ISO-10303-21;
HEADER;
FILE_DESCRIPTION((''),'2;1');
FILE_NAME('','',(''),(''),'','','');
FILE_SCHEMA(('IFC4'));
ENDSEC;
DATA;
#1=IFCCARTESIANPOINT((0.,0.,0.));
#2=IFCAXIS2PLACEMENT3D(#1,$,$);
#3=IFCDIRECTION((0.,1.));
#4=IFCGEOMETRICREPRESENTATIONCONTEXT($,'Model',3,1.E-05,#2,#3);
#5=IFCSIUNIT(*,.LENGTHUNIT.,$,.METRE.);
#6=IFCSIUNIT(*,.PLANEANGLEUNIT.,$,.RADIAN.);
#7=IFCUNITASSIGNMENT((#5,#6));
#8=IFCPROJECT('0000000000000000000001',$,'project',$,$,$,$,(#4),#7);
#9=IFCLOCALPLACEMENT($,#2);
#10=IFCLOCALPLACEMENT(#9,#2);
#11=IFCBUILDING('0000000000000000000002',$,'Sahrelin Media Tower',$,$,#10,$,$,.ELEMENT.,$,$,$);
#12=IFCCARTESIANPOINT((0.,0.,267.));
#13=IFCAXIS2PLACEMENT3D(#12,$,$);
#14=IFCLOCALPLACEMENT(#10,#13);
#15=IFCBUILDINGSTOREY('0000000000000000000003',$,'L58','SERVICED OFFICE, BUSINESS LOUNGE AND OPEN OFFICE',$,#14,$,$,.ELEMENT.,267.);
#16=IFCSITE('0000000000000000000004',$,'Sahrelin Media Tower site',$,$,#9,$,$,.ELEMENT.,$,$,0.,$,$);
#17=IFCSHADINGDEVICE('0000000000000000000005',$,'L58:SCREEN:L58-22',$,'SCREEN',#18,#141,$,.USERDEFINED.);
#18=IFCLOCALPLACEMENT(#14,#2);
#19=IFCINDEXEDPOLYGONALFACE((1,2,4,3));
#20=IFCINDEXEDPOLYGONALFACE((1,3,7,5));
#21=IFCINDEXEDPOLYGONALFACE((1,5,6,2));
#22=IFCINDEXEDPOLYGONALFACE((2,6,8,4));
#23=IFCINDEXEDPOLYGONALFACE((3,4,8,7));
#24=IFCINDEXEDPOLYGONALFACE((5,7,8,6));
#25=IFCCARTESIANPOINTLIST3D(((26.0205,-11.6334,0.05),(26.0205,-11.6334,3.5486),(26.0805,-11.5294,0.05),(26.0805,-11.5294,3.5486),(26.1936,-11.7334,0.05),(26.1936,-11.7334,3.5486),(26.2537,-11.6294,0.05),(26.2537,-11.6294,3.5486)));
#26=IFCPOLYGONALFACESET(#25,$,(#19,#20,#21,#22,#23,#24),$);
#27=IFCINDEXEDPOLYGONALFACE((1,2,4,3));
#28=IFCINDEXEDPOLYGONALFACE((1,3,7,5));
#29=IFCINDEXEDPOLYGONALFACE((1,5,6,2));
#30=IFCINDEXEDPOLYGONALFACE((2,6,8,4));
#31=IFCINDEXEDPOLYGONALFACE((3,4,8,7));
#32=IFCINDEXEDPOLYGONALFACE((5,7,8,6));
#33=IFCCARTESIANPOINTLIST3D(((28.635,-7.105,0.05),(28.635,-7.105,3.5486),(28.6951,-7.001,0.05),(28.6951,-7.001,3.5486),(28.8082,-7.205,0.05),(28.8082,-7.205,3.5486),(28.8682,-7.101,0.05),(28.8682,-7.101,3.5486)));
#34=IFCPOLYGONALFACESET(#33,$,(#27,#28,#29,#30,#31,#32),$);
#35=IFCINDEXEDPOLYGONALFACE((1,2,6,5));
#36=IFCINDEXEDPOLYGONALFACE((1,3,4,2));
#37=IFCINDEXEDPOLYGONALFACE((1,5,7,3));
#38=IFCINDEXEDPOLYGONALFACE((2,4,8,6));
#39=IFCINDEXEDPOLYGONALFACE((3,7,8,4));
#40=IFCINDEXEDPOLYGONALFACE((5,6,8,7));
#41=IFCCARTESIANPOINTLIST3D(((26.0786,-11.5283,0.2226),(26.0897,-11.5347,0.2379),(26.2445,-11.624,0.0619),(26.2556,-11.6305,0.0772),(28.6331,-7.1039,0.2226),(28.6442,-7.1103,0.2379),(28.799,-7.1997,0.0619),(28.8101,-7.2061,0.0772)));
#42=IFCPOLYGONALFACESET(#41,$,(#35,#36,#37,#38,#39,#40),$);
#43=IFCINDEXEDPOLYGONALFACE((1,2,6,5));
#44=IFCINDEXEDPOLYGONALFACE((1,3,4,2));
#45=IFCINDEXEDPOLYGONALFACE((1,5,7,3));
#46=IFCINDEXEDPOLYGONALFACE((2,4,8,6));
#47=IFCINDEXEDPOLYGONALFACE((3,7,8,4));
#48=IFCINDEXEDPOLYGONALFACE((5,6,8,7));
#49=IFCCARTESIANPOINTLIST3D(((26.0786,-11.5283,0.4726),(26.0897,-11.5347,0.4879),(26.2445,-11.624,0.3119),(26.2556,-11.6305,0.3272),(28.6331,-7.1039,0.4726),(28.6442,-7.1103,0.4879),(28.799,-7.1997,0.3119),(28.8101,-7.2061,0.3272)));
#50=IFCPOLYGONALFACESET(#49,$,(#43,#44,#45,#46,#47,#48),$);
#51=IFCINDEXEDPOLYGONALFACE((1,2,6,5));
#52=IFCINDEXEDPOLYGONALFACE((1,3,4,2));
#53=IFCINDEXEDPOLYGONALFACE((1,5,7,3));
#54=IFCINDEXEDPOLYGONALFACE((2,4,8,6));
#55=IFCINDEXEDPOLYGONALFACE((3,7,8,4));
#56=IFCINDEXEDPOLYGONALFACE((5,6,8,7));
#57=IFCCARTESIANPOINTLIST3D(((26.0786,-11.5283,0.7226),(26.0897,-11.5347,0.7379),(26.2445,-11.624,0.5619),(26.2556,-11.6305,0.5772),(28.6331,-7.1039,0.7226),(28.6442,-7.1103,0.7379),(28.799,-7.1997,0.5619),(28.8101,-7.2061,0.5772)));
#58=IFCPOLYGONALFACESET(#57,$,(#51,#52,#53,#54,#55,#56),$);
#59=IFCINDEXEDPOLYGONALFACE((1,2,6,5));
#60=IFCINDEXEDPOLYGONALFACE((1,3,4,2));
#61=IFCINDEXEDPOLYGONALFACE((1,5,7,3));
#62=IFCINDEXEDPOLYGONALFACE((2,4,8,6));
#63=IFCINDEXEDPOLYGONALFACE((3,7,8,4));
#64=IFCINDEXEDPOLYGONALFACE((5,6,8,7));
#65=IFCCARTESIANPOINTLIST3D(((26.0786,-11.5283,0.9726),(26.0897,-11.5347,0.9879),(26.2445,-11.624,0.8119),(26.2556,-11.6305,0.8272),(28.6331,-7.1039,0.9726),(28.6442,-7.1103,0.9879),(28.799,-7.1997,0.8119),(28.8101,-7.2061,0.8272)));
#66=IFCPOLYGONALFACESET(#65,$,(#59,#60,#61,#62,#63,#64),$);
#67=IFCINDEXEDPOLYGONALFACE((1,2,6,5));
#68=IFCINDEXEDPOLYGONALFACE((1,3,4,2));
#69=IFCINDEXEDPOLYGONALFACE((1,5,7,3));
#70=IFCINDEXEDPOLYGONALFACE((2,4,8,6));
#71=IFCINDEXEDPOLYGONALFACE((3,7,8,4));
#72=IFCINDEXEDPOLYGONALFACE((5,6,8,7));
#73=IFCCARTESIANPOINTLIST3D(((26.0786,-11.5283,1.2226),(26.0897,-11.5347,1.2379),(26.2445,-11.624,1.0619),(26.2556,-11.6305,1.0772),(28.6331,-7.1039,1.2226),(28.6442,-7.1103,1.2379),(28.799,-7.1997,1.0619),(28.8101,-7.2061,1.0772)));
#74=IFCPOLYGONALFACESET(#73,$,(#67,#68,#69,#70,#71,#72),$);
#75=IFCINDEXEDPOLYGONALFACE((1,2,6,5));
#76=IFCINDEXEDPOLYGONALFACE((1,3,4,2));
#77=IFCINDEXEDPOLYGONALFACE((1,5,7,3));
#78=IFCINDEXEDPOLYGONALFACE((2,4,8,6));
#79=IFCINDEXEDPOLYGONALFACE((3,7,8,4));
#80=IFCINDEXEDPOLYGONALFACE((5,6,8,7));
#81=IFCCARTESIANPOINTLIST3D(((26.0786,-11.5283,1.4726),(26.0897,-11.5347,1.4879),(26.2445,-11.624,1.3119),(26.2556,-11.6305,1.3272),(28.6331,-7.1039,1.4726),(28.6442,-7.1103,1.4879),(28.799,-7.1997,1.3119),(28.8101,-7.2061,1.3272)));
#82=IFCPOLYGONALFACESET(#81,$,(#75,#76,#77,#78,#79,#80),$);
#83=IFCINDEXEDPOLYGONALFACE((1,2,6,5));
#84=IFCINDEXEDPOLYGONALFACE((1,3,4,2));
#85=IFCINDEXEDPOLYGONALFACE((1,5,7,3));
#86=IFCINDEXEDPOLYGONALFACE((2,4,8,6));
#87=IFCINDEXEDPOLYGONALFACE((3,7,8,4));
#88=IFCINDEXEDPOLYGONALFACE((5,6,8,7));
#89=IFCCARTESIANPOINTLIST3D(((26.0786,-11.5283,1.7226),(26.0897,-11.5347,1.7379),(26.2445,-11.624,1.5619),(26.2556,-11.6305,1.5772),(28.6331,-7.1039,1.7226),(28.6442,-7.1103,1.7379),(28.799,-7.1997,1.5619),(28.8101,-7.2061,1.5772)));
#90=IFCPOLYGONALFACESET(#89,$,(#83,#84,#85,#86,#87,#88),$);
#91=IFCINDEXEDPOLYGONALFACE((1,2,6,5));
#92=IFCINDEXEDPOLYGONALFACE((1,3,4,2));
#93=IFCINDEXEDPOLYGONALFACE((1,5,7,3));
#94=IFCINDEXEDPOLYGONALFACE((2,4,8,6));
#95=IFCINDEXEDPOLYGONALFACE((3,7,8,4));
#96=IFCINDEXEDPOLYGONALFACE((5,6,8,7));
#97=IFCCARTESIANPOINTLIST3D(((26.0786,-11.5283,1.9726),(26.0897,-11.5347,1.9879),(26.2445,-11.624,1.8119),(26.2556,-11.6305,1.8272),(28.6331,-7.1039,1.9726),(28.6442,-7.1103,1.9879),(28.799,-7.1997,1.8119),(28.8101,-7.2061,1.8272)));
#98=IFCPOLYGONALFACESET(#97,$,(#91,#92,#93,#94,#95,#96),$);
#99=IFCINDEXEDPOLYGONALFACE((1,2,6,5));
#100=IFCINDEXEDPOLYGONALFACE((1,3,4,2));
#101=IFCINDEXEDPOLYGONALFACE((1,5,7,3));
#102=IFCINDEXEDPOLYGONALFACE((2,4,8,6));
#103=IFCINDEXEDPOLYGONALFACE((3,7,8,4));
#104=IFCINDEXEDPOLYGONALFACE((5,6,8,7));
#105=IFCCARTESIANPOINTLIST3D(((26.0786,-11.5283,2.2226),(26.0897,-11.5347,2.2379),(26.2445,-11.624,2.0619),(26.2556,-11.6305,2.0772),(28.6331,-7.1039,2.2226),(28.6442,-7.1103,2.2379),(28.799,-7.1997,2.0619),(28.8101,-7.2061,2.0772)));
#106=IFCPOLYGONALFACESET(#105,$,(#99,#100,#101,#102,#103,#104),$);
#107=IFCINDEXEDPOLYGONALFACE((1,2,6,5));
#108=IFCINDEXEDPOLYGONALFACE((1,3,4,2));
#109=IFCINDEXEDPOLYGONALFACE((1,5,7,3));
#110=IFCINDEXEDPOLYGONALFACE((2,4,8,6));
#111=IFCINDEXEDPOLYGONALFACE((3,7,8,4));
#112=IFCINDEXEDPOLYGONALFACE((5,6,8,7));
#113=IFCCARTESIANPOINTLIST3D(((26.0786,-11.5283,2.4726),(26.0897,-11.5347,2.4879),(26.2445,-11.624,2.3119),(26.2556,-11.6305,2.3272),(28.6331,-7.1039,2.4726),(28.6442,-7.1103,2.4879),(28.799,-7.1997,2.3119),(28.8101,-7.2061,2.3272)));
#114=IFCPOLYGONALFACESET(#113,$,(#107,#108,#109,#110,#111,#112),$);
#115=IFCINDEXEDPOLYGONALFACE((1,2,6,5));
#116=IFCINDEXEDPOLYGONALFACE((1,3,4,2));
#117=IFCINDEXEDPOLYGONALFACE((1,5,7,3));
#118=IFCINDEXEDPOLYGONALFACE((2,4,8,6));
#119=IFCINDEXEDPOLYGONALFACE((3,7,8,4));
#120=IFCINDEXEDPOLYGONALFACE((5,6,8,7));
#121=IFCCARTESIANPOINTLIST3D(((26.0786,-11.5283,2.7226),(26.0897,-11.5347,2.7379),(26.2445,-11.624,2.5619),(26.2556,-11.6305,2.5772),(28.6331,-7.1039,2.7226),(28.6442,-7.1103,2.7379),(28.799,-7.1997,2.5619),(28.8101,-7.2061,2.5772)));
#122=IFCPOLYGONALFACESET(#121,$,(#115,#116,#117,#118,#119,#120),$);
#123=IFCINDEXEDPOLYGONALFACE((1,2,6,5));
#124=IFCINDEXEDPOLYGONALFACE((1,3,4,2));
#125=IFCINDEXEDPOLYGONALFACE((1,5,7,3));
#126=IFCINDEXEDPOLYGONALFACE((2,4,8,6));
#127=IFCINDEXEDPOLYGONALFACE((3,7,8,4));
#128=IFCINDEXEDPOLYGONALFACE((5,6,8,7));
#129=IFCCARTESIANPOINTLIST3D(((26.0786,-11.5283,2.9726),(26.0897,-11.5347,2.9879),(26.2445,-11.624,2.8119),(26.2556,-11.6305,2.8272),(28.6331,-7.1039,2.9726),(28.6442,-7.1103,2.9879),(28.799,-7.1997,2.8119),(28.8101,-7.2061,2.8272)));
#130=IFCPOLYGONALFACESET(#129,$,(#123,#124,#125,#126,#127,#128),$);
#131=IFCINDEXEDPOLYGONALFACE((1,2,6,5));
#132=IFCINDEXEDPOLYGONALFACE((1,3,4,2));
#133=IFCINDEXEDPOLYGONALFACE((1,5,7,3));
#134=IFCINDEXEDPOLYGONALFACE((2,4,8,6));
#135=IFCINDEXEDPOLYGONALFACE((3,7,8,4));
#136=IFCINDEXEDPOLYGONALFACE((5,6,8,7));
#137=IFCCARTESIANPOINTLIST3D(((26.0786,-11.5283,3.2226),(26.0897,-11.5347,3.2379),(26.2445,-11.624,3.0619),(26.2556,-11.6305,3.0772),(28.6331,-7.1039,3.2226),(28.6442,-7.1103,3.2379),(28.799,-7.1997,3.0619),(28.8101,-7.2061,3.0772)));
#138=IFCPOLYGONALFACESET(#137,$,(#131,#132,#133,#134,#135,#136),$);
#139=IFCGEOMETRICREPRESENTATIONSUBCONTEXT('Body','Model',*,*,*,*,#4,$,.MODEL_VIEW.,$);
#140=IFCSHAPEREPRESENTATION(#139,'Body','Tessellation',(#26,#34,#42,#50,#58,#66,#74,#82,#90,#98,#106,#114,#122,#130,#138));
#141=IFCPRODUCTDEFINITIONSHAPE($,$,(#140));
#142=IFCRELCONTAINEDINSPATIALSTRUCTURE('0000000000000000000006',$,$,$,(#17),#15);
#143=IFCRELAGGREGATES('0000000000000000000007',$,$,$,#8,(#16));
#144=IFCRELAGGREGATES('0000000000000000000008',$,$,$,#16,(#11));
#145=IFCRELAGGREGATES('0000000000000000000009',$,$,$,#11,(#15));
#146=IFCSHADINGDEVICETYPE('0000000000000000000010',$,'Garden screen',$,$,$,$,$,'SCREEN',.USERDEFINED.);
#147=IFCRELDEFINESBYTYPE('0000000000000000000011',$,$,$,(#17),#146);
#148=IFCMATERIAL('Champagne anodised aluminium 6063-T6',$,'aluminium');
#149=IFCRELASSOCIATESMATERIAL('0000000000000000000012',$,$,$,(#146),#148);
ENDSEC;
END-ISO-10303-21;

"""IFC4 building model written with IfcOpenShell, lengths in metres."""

from ifc_helpers import new_model, si_unit, direction, frame, origin, origin_2d, place, context, subcontext, project, spatial, rectangle, extrude, material, type_object, element, save


model = new_model("IFC4")

# Units and contexts
model_context = context("Model", 3, precision=1e-05, world=origin(), true_north=direction((0.0, 1.0)))
body_context = subcontext(model_context, "Body", "Model", "MODEL_VIEW")
ifc_project = project(units=[si_unit("LENGTHUNIT", "METRE"), si_unit("PLANEANGLEUNIT", "RADIAN")], contexts=[model_context])

# Site, building, storey
site_placement = place(None, origin())
site = spatial("IfcSite", under=ifc_project, at=site_placement, Name="Sahrelin Media Tower site", CompositionType="ELEMENT", RefElevation=0.0)
building_placement = place(site_placement, origin())
building = spatial("IfcBuilding", under=site, at=building_placement, Name="Sahrelin Media Tower", CompositionType="ELEMENT")
storey_placement = place(building_placement, frame((0.0, 0.0, 267.0)))
storey = spatial("IfcBuildingStorey", under=building, at=storey_placement, Name="L58", Description="SERVICED OFFICE, BUSINESS LOUNGE AND OPEN OFFICE", CompositionType="ELEMENT", Elevation=267.0)

# Shared definitions
ifc_material_1 = material(Name="Champagne anodised aluminium 6063-T6", Category="aluminium")

# Shading device
shading_device_type_1 = type_object("IfcShadingDeviceType", Name="Garden screen", ElementType="SCREEN", PredefinedType="USERDEFINED", material=ifc_material_1)
shading_device_1_placement = place(storey_placement, frame((27.3577, -9.3171, 0.0), z_axis=(0.0, 0.0, 1.0), x_axis=(-0.500011, -0.866019, 0.0)))
element("IfcShadingDevice", 1, at=shading_device_1_placement, inside=storey, type_object=shading_device_type_1, Name="L58:SCREEN:L58-22", ObjectType="SCREEN", PredefinedType="USERDEFINED", context=body_context, shape_type="SweptSolid", body=[
    extrude(rectangle(XDim=0.1201, YDim=0.2, at=origin_2d()), frame((2.6145, 0.1001, 0.05), z_axis=(0.0, 0.0, 1.0), x_axis=(1.0, 0.0, 0.0)), (0.0, 0.0, 1.0), 3.4985),
    extrude(rectangle(XDim=0.1201, YDim=0.2, at=origin_2d()), frame((-2.6145, 0.1001, 0.05), z_axis=(0.0, 0.0, 1.0), x_axis=(1.0, 0.0, 0.0)), (0.0, 0.0, 1.0), 3.4985),
    extrude(rectangle(XDim=0.25, YDim=0.02, at=origin_2d()), frame((2.5544, 0.1001, 0.1499), z_axis=(-1.0, 0.0, 0.0), x_axis=(0.0, -0.766044, 0.642788)), (0.0, 0.0, 1.0), 5.1089),
    extrude(rectangle(XDim=0.25, YDim=0.02, at=origin_2d()), frame((2.5544, 0.1001, 0.3999), z_axis=(-1.0, 0.0, 0.0), x_axis=(0.0, -0.766044, 0.642788)), (0.0, 0.0, 1.0), 5.1089),
    extrude(rectangle(XDim=0.25, YDim=0.02, at=origin_2d()), frame((2.5544, 0.1001, 0.6499), z_axis=(-1.0, 0.0, 0.0), x_axis=(0.0, -0.766044, 0.642788)), (0.0, 0.0, 1.0), 5.1089),
    extrude(rectangle(XDim=0.25, YDim=0.02, at=origin_2d()), frame((2.5544, 0.1001, 0.8999), z_axis=(-1.0, 0.0, 0.0), x_axis=(0.0, -0.766044, 0.642788)), (0.0, 0.0, 1.0), 5.1089),
    extrude(rectangle(XDim=0.25, YDim=0.02, at=origin_2d()), frame((2.5544, 0.1001, 1.1499), z_axis=(-1.0, 0.0, 0.0), x_axis=(0.0, -0.766044, 0.642788)), (0.0, 0.0, 1.0), 5.1089),
    extrude(rectangle(XDim=0.25, YDim=0.02, at=origin_2d()), frame((2.5544, 0.1001, 1.3999), z_axis=(-1.0, 0.0, 0.0), x_axis=(0.0, -0.766044, 0.642788)), (0.0, 0.0, 1.0), 5.1089),
    extrude(rectangle(XDim=0.25, YDim=0.02, at=origin_2d()), frame((2.5544, 0.1001, 1.6499), z_axis=(-1.0, 0.0, 0.0), x_axis=(0.0, -0.766044, 0.642788)), (0.0, 0.0, 1.0), 5.1089),
    extrude(rectangle(XDim=0.25, YDim=0.02, at=origin_2d()), frame((2.5544, 0.1001, 1.8999), z_axis=(-1.0, 0.0, 0.0), x_axis=(0.0, -0.766044, 0.642788)), (0.0, 0.0, 1.0), 5.1089),
    extrude(rectangle(XDim=0.25, YDim=0.02, at=origin_2d()), frame((2.5544, 0.1001, 2.1499), z_axis=(-1.0, 0.0, 0.0), x_axis=(0.0, -0.766044, 0.642788)), (0.0, 0.0, 1.0), 5.1089),
    extrude(rectangle(XDim=0.25, YDim=0.02, at=origin_2d()), frame((2.5544, 0.1001, 2.3999), z_axis=(-1.0, 0.0, 0.0), x_axis=(0.0, -0.766044, 0.642788)), (0.0, 0.0, 1.0), 5.1089),
    extrude(rectangle(XDim=0.25, YDim=0.02, at=origin_2d()), frame((2.5544, 0.1001, 2.6499), z_axis=(-1.0, 0.0, 0.0), x_axis=(0.0, -0.766044, 0.642788)), (0.0, 0.0, 1.0), 5.1089),
    extrude(rectangle(XDim=0.25, YDim=0.02, at=origin_2d()), frame((2.5544, 0.1001, 2.8999), z_axis=(-1.0, 0.0, 0.0), x_axis=(0.0, -0.766044, 0.642788)), (0.0, 0.0, 1.0), 5.1089),
    extrude(rectangle(XDim=0.25, YDim=0.02, at=origin_2d()), frame((2.5544, 0.1001, 3.1499), z_axis=(-1.0, 0.0, 0.0), x_axis=(0.0, -0.766044, 0.642788)), (0.0, 0.0, 1.0), 5.1089),
])

save(model, "model.ifc")
